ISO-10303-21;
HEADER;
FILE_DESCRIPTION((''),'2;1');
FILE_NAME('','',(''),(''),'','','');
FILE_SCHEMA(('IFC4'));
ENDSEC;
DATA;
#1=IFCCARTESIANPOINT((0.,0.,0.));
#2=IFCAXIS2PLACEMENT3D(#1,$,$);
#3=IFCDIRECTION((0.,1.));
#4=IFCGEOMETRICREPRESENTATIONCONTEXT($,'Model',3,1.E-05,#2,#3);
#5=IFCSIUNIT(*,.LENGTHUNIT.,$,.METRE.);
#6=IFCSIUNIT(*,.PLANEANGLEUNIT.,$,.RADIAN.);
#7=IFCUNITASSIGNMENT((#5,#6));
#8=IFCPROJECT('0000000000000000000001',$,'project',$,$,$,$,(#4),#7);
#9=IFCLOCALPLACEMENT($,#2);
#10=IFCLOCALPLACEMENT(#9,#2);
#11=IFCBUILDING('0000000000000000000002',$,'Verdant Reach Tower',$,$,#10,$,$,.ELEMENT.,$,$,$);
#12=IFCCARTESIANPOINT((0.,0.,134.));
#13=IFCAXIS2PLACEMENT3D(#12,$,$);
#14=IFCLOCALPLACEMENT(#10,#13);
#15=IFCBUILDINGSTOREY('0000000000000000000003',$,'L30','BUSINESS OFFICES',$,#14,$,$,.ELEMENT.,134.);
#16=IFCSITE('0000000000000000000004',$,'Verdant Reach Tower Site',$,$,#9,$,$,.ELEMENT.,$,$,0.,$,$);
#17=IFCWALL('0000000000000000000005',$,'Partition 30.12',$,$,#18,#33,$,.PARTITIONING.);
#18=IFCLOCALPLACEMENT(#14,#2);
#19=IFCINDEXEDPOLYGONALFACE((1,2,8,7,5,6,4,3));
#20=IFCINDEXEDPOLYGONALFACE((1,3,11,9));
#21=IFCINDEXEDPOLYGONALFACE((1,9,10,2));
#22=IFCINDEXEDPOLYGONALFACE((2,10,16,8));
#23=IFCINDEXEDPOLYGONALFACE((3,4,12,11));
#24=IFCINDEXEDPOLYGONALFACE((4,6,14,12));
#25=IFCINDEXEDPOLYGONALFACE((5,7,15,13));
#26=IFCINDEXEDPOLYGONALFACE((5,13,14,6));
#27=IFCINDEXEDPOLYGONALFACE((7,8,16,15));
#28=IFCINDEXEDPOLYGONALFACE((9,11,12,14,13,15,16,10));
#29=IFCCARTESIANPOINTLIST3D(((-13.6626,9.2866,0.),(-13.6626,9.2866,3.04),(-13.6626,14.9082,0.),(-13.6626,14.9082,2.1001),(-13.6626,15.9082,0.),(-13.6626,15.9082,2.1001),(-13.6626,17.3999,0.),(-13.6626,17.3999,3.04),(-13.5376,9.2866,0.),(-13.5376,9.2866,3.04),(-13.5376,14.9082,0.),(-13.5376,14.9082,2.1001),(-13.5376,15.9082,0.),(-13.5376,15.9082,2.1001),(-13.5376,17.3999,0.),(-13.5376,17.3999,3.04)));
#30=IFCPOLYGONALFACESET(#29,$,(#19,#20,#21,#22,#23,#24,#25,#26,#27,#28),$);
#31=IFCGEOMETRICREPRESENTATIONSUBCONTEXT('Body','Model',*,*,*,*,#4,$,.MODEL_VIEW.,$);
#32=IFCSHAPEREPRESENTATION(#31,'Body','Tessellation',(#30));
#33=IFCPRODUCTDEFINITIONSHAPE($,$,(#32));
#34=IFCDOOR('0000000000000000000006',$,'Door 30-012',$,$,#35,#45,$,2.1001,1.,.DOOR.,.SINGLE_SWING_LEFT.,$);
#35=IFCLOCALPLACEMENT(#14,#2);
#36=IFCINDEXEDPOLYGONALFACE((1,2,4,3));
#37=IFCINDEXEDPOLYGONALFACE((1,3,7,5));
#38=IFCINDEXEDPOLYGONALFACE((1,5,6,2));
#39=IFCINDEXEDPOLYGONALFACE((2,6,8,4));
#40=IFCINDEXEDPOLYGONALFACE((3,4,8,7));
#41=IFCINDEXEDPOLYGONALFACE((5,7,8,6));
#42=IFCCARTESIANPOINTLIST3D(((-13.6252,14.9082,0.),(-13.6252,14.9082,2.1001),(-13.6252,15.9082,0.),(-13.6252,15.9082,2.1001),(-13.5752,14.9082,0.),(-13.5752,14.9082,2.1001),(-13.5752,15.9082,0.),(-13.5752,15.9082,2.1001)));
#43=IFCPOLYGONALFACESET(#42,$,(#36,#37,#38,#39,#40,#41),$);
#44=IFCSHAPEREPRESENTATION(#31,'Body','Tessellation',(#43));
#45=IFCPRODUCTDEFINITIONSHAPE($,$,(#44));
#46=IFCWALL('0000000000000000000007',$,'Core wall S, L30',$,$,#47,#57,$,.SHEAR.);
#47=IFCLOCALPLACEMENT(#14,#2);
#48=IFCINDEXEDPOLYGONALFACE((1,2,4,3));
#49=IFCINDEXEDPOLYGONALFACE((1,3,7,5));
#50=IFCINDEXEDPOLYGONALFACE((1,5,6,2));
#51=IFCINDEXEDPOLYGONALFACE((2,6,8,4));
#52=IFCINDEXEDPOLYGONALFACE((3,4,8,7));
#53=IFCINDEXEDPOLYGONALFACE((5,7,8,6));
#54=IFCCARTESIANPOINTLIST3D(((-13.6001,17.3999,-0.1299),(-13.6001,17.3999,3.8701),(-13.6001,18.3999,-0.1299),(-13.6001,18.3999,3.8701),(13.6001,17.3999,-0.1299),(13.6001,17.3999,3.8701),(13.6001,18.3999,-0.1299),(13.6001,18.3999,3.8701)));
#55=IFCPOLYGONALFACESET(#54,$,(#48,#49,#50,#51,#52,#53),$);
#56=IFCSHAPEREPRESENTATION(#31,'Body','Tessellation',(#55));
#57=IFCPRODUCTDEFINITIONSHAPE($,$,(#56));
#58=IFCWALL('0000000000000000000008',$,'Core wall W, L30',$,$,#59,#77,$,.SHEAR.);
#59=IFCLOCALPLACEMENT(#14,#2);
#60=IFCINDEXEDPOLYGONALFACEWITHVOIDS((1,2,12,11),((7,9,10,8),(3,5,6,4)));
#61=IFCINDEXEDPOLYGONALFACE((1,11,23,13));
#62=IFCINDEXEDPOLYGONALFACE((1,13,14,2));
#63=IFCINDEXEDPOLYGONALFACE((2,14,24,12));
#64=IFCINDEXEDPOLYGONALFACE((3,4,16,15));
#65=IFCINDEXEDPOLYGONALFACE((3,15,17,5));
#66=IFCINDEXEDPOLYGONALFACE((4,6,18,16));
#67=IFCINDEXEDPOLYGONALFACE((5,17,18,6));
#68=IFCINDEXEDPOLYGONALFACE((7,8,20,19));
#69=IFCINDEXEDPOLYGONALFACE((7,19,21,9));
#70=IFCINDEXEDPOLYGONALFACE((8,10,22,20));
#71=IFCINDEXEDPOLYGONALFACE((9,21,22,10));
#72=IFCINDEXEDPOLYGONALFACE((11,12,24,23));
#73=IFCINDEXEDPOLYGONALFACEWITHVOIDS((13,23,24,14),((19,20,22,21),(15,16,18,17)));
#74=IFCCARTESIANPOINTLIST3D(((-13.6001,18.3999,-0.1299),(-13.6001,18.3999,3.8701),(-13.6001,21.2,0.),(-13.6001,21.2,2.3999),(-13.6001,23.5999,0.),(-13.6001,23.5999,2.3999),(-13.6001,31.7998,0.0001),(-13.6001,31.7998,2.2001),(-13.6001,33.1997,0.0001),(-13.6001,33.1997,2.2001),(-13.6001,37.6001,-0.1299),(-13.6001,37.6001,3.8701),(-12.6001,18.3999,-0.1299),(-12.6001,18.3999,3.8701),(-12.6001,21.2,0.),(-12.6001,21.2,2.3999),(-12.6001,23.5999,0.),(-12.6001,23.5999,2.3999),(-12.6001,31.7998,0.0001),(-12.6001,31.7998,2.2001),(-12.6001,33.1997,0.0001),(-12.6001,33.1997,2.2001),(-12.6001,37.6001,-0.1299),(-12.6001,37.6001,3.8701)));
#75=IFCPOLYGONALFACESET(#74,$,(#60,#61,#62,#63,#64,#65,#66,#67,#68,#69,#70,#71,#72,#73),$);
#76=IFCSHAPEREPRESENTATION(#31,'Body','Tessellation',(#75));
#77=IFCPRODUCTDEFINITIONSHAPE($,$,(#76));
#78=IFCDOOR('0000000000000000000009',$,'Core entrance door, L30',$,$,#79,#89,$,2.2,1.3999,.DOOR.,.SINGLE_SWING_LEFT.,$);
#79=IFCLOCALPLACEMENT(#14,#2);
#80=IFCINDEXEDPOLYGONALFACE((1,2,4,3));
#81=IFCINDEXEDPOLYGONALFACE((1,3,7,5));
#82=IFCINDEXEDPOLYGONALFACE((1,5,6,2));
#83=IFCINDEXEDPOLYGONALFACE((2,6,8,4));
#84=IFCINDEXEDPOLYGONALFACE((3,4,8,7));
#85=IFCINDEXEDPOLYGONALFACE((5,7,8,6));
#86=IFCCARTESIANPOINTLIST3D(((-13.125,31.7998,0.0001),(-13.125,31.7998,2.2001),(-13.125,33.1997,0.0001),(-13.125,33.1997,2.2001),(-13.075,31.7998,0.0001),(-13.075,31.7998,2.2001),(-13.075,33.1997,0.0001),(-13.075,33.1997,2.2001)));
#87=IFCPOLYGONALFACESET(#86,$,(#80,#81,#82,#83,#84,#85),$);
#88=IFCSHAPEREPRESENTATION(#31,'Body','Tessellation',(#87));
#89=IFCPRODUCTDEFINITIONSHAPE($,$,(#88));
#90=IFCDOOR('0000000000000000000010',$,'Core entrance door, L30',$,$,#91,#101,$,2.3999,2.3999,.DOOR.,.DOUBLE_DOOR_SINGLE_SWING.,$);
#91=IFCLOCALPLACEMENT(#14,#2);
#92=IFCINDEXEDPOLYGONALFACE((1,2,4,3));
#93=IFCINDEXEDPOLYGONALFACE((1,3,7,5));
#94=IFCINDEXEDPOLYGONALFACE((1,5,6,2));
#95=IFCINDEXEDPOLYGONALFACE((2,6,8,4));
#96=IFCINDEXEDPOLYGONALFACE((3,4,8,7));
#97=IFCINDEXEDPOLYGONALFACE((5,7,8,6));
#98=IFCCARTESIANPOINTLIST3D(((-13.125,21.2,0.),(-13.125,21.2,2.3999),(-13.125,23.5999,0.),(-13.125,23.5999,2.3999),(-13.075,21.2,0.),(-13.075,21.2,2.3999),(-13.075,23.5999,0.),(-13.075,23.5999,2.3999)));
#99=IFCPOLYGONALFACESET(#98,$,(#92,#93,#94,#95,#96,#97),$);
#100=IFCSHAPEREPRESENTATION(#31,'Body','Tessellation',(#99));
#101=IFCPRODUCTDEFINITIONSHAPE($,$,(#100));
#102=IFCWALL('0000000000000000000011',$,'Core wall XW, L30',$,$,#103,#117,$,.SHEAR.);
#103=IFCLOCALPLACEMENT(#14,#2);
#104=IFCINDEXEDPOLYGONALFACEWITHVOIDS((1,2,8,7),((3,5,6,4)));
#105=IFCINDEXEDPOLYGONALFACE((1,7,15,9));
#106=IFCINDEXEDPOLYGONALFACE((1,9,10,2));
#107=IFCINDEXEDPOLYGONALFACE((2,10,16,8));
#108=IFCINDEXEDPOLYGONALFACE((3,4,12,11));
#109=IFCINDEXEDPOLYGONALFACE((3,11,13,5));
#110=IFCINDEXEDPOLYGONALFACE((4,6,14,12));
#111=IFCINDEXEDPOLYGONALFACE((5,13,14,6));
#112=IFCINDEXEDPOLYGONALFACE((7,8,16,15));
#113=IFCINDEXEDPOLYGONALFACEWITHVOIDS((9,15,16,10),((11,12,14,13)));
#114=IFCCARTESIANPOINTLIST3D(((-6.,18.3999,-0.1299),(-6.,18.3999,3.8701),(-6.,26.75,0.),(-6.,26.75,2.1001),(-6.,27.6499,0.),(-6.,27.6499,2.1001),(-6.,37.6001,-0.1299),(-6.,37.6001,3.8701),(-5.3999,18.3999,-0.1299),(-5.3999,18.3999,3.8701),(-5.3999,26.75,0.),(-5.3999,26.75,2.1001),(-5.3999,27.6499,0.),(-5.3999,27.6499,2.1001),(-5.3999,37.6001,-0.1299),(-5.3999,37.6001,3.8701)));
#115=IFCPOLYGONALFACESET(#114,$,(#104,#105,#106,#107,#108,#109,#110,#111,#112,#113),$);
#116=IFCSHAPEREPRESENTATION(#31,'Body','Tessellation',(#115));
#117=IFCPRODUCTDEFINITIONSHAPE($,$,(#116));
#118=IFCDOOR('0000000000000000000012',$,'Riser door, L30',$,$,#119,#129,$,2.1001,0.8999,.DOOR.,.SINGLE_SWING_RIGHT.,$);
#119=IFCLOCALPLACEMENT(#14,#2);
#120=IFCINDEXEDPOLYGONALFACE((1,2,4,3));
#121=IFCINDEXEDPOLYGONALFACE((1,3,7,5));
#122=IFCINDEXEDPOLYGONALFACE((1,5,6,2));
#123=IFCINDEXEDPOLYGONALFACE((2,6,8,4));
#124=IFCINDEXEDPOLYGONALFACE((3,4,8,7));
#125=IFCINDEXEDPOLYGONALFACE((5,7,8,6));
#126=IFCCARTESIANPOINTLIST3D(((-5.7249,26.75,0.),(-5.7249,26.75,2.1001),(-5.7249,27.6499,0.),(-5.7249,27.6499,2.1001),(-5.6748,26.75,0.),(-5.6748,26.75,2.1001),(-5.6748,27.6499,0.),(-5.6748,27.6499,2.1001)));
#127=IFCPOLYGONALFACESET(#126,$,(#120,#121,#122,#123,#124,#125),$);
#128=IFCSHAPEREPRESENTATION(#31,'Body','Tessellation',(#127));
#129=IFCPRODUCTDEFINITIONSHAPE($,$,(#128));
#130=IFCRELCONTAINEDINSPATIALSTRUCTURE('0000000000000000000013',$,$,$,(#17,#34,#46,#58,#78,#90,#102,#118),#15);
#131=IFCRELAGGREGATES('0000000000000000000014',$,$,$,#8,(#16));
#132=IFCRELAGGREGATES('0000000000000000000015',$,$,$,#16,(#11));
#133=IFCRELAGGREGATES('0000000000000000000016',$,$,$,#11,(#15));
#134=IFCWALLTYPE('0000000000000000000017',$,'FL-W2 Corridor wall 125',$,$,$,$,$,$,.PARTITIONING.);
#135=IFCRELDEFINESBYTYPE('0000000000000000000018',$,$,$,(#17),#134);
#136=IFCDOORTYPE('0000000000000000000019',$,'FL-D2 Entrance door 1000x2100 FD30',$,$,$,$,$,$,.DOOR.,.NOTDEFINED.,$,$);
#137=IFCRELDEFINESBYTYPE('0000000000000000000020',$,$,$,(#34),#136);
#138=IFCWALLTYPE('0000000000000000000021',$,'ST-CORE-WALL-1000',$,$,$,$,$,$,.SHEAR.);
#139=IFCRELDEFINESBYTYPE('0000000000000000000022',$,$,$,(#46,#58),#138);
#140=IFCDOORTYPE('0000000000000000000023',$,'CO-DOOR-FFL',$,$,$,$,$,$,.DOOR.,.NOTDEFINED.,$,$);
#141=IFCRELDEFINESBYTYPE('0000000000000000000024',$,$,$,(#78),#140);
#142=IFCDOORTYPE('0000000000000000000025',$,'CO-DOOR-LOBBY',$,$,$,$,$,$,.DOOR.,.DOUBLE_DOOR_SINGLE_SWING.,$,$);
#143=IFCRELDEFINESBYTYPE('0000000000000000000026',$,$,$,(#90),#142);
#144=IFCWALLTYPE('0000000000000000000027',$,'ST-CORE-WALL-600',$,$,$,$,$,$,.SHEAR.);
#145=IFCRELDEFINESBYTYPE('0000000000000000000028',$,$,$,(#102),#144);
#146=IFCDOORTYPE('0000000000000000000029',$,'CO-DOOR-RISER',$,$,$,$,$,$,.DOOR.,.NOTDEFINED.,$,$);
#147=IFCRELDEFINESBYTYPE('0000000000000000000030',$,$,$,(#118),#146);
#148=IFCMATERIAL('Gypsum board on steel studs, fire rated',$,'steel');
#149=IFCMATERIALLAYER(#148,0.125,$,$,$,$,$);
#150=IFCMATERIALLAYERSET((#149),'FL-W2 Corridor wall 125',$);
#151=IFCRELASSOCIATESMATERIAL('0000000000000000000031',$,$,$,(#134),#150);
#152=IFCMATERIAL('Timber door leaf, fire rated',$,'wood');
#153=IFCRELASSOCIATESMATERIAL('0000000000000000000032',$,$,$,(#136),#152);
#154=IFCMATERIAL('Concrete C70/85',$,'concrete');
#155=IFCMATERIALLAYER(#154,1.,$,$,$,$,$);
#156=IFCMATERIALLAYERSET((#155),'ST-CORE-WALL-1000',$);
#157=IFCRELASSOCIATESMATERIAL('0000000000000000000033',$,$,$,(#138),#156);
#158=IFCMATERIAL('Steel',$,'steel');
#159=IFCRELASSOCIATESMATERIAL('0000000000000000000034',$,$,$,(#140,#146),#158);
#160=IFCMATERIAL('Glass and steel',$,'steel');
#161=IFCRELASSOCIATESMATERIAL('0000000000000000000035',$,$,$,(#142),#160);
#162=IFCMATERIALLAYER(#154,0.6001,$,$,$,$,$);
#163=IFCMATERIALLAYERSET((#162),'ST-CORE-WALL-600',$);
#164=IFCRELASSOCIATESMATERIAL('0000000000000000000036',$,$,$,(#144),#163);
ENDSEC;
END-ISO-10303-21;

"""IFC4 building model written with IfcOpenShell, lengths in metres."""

from ifc_helpers import new_model, si_unit, direction, frame, frame_2d, origin, place, context, subcontext, project, spatial, rectangle, extrude, material, layer, layer_set, type_object, element, fill, save


model = new_model("IFC4")

# Units and contexts
model_context = context("Model", 3, precision=1e-05, world=origin(), true_north=direction((0.0, 1.0)))
body_context = subcontext(model_context, "Body", "Model", "MODEL_VIEW")
ifc_project = project(units=[si_unit("LENGTHUNIT", "METRE"), si_unit("PLANEANGLEUNIT", "RADIAN")], contexts=[model_context])

# Site, building, storey
site_placement = place(None, origin())
site = spatial("IfcSite", under=ifc_project, at=site_placement, Name="Verdant Reach Tower Site", CompositionType="ELEMENT", RefElevation=0.0)
building_placement = place(site_placement, origin())
building = spatial("IfcBuilding", under=site, at=building_placement, Name="Verdant Reach Tower", CompositionType="ELEMENT")
storey_placement = place(building_placement, frame((0.0, 0.0, 134.0)))
storey = spatial("IfcBuildingStorey", under=building, at=storey_placement, Name="L30", Description="BUSINESS OFFICES", CompositionType="ELEMENT", Elevation=134.0)

# Wall, opening, door
ifc_material_1 = material(Name="Gypsum board on steel studs, fire rated", Category="steel")
ifc_layer_1 = layer(ifc_material_1, 0.125)
ifc_layer_set_1 = layer_set([ifc_layer_1], Name="FL-W2 Corridor wall 125")
wall_type_1 = type_object("IfcWallType", Name="FL-W2 Corridor wall 125", PredefinedType="PARTITIONING", material=ifc_layer_set_1)
wall_1_placement = place(storey_placement, frame((-13.6001, 17.3999, 0.0), z_axis=(0.0, 0.0, 1.0), x_axis=(0.0, -1.0, 0.0)))
wall_1 = element("IfcWall", 1, at=wall_1_placement, inside=storey, type_object=wall_type_1, Name="Partition 30.12", PredefinedType="PARTITIONING", context=body_context, shape_type="SweptSolid", body=[
    extrude(rectangle(XDim=8.1133, YDim=0.125, at=frame_2d((4.0566, 0.0))), origin(), (0.0, 0.0, 1.0), 3.04),
])
opening_1_placement = place(wall_1_placement, frame((1.4917, 0.0, 0.0)))
opening_1 = element("IfcOpeningElement", 2, at=opening_1_placement, cuts=wall_1, PredefinedType="OPENING", context=body_context, shape_type="SweptSolid", body=[
    extrude(rectangle(XDim=1.0, YDim=2.1001, at=frame_2d((0.5, 1.05))), frame((0.0, 0.0725, 0.0), z_axis=(0.0, -1.0, 0.0), x_axis=(1.0, 0.0, 0.0)), (0.0, 0.0, 1.0), 0.145),
])
ifc_material_2 = material(Name="Timber door leaf, fire rated", Category="wood")
door_type_1 = type_object("IfcDoorType", Name="FL-D2 Entrance door 1000x2100 FD30", OperationType="NOTDEFINED", PredefinedType="DOOR", material=ifc_material_2)
door_1_placement = place(opening_1_placement, origin())
door_1 = element("IfcDoor", 3, at=door_1_placement, inside=storey, type_object=door_type_1, Name="Door 30-012", OperationType="SINGLE_SWING_LEFT", OverallHeight=2.1001, OverallWidth=1.0, PredefinedType="DOOR", context=body_context, shape_type="SweptSolid", body=[
    extrude(rectangle(XDim=1.0, YDim=2.1001, at=frame_2d((0.5, 1.05))), frame((0.0, 0.0249, 0.0), z_axis=(0.0, -1.0, 0.0), x_axis=(1.0, 0.0, 0.0)), (0.0, 0.0, 1.0), 0.05),
])
fill(opening_1, door_1)

# Wall
ifc_material_3 = material(Name="Concrete C70/85", Category="concrete")
ifc_layer_2 = layer(ifc_material_3, 1.0)
ifc_layer_set_2 = layer_set([ifc_layer_2], Name="ST-CORE-WALL-1000")
wall_type_2 = type_object("IfcWallType", Name="ST-CORE-WALL-1000", PredefinedType="SHEAR", material=ifc_layer_set_2)
wall_2_placement = place(storey_placement, frame((-13.6001, 17.8999, -0.1299), z_axis=(0.0, 0.0, 1.0), x_axis=(1.0, 0.0, 0.0)))
element("IfcWall", 4, at=wall_2_placement, inside=storey, type_object=wall_type_2, Name="Core wall S, L30", PredefinedType="SHEAR", context=body_context, shape_type="SweptSolid", body=[
    extrude(rectangle(XDim=27.2002, YDim=1.0, at=frame_2d((13.6001, 0.0))), origin(), (0.0, 0.0, 1.0), 4.0),
])

# Wall, openings, doors
wall_3_placement = place(storey_placement, frame((-13.1001, 18.3999, -0.1299), z_axis=(0.0, 0.0, 1.0), x_axis=(0.0, 1.0, 0.0)))
wall_3 = element("IfcWall", 5, at=wall_3_placement, inside=storey, type_object=wall_type_2, Name="Core wall W, L30", PredefinedType="SHEAR", context=body_context, shape_type="SweptSolid", body=[
    extrude(rectangle(XDim=19.2002, YDim=1.0, at=frame_2d((9.6001, 0.0))), origin(), (0.0, 0.0, 1.0), 4.0),
])
opening_2_placement = place(wall_3_placement, frame((2.8, 0.0, 0.1299)))
opening_2 = element("IfcOpeningElement", 6, at=opening_2_placement, cuts=wall_3, PredefinedType="OPENING", context=body_context, shape_type="SweptSolid", body=[
    extrude(rectangle(XDim=2.3999, YDim=2.3999, at=frame_2d((1.2, 1.2))), frame((0.0, 0.51, 0.0), z_axis=(0.0, -1.0, 0.0), x_axis=(1.0, 0.0, 0.0)), (0.0, 0.0, 1.0), 1.02),
])
opening_3_placement = place(wall_3_placement, frame((13.3999, 0.0, 0.1299)))
opening_3 = element("IfcOpeningElement", 7, at=opening_3_placement, cuts=wall_3, PredefinedType="OPENING", context=body_context, shape_type="SweptSolid", body=[
    extrude(rectangle(XDim=1.3999, YDim=2.2, at=frame_2d((0.7, 1.1001))), frame((0.0, 0.51, 0.0), z_axis=(0.0, -1.0, 0.0), x_axis=(1.0, 0.0, 0.0)), (0.0, 0.0, 1.0), 1.02),
])
ifc_material_4 = material(Name="Steel", Category="steel")
door_type_2 = type_object("IfcDoorType", Name="CO-DOOR-FFL", OperationType="NOTDEFINED", PredefinedType="DOOR", material=ifc_material_4)
door_2_placement = place(opening_3_placement, origin())
door_2 = element("IfcDoor", 8, at=door_2_placement, inside=storey, type_object=door_type_2, Name="Core entrance door, L30", OperationType="SINGLE_SWING_LEFT", OverallHeight=2.2, OverallWidth=1.3999, PredefinedType="DOOR", context=body_context, shape_type="SweptSolid", body=[
    extrude(rectangle(XDim=1.3999, YDim=2.2, at=frame_2d((0.7, 1.1001))), frame((0.0, 0.0249, 0.0), z_axis=(0.0, -1.0, 0.0), x_axis=(1.0, 0.0, 0.0)), (0.0, 0.0, 1.0), 0.05),
])
fill(opening_3, door_2)
ifc_material_5 = material(Name="Glass and steel", Category="steel")
door_type_3 = type_object("IfcDoorType", Name="CO-DOOR-LOBBY", OperationType="DOUBLE_DOOR_SINGLE_SWING", PredefinedType="DOOR", material=ifc_material_5)
door_3_placement = place(opening_2_placement, origin())
door_3 = element("IfcDoor", 9, at=door_3_placement, inside=storey, type_object=door_type_3, Name="Core entrance door, L30", OperationType="DOUBLE_DOOR_SINGLE_SWING", OverallHeight=2.3999, OverallWidth=2.3999, PredefinedType="DOOR", context=body_context, shape_type="SweptSolid", body=[
    extrude(rectangle(XDim=2.3999, YDim=2.3999, at=frame_2d((1.2, 1.2))), frame((0.0, 0.0249, 0.0), z_axis=(0.0, -1.0, 0.0), x_axis=(1.0, 0.0, 0.0)), (0.0, 0.0, 1.0), 0.05),
])
fill(opening_2, door_3)

# Wall, opening, door
ifc_layer_3 = layer(ifc_material_3, 0.6001)
ifc_layer_set_3 = layer_set([ifc_layer_3], Name="ST-CORE-WALL-600")
wall_type_3 = type_object("IfcWallType", Name="ST-CORE-WALL-600", PredefinedType="SHEAR", material=ifc_layer_set_3)
wall_4_placement = place(storey_placement, frame((-5.7, 18.3999, -0.1299), z_axis=(0.0, 0.0, 1.0), x_axis=(0.0, 1.0, 0.0)))
wall_4 = element("IfcWall", 10, at=wall_4_placement, inside=storey, type_object=wall_type_3, Name="Core wall XW, L30", PredefinedType="SHEAR", context=body_context, shape_type="SweptSolid", body=[
    extrude(rectangle(XDim=19.2002, YDim=0.6001, at=frame_2d((9.6001, 0.0))), origin(), (0.0, 0.0, 1.0), 4.0),
])
opening_4_placement = place(wall_4_placement, frame((8.3501, 0.0, 0.1299)))
opening_4 = element("IfcOpeningElement", 11, at=opening_4_placement, cuts=wall_4, PredefinedType="OPENING", context=body_context, shape_type="SweptSolid", body=[
    extrude(rectangle(XDim=0.8999, YDim=2.1001, at=frame_2d((0.45, 1.05))), frame((0.0, 0.3101, 0.0), z_axis=(0.0, -1.0, 0.0), x_axis=(1.0, 0.0, 0.0)), (0.0, 0.0, 1.0), 0.6201),
])
door_type_4 = type_object("IfcDoorType", Name="CO-DOOR-RISER", OperationType="NOTDEFINED", PredefinedType="DOOR", material=ifc_material_4)
door_4_placement = place(opening_4_placement, origin())
door_4 = element("IfcDoor", 12, at=door_4_placement, inside=storey, type_object=door_type_4, Name="Riser door, L30", OperationType="SINGLE_SWING_RIGHT", OverallHeight=2.1001, OverallWidth=0.8999, PredefinedType="DOOR", context=body_context, shape_type="SweptSolid", body=[
    extrude(rectangle(XDim=0.8999, YDim=2.1001, at=frame_2d((0.45, 1.05))), frame((0.0, 0.0249, 0.0), z_axis=(0.0, -1.0, 0.0), x_axis=(1.0, 0.0, 0.0)), (0.0, 0.0, 1.0), 0.05),
])
fill(opening_4, door_4)

save(model, "model.ifc")
